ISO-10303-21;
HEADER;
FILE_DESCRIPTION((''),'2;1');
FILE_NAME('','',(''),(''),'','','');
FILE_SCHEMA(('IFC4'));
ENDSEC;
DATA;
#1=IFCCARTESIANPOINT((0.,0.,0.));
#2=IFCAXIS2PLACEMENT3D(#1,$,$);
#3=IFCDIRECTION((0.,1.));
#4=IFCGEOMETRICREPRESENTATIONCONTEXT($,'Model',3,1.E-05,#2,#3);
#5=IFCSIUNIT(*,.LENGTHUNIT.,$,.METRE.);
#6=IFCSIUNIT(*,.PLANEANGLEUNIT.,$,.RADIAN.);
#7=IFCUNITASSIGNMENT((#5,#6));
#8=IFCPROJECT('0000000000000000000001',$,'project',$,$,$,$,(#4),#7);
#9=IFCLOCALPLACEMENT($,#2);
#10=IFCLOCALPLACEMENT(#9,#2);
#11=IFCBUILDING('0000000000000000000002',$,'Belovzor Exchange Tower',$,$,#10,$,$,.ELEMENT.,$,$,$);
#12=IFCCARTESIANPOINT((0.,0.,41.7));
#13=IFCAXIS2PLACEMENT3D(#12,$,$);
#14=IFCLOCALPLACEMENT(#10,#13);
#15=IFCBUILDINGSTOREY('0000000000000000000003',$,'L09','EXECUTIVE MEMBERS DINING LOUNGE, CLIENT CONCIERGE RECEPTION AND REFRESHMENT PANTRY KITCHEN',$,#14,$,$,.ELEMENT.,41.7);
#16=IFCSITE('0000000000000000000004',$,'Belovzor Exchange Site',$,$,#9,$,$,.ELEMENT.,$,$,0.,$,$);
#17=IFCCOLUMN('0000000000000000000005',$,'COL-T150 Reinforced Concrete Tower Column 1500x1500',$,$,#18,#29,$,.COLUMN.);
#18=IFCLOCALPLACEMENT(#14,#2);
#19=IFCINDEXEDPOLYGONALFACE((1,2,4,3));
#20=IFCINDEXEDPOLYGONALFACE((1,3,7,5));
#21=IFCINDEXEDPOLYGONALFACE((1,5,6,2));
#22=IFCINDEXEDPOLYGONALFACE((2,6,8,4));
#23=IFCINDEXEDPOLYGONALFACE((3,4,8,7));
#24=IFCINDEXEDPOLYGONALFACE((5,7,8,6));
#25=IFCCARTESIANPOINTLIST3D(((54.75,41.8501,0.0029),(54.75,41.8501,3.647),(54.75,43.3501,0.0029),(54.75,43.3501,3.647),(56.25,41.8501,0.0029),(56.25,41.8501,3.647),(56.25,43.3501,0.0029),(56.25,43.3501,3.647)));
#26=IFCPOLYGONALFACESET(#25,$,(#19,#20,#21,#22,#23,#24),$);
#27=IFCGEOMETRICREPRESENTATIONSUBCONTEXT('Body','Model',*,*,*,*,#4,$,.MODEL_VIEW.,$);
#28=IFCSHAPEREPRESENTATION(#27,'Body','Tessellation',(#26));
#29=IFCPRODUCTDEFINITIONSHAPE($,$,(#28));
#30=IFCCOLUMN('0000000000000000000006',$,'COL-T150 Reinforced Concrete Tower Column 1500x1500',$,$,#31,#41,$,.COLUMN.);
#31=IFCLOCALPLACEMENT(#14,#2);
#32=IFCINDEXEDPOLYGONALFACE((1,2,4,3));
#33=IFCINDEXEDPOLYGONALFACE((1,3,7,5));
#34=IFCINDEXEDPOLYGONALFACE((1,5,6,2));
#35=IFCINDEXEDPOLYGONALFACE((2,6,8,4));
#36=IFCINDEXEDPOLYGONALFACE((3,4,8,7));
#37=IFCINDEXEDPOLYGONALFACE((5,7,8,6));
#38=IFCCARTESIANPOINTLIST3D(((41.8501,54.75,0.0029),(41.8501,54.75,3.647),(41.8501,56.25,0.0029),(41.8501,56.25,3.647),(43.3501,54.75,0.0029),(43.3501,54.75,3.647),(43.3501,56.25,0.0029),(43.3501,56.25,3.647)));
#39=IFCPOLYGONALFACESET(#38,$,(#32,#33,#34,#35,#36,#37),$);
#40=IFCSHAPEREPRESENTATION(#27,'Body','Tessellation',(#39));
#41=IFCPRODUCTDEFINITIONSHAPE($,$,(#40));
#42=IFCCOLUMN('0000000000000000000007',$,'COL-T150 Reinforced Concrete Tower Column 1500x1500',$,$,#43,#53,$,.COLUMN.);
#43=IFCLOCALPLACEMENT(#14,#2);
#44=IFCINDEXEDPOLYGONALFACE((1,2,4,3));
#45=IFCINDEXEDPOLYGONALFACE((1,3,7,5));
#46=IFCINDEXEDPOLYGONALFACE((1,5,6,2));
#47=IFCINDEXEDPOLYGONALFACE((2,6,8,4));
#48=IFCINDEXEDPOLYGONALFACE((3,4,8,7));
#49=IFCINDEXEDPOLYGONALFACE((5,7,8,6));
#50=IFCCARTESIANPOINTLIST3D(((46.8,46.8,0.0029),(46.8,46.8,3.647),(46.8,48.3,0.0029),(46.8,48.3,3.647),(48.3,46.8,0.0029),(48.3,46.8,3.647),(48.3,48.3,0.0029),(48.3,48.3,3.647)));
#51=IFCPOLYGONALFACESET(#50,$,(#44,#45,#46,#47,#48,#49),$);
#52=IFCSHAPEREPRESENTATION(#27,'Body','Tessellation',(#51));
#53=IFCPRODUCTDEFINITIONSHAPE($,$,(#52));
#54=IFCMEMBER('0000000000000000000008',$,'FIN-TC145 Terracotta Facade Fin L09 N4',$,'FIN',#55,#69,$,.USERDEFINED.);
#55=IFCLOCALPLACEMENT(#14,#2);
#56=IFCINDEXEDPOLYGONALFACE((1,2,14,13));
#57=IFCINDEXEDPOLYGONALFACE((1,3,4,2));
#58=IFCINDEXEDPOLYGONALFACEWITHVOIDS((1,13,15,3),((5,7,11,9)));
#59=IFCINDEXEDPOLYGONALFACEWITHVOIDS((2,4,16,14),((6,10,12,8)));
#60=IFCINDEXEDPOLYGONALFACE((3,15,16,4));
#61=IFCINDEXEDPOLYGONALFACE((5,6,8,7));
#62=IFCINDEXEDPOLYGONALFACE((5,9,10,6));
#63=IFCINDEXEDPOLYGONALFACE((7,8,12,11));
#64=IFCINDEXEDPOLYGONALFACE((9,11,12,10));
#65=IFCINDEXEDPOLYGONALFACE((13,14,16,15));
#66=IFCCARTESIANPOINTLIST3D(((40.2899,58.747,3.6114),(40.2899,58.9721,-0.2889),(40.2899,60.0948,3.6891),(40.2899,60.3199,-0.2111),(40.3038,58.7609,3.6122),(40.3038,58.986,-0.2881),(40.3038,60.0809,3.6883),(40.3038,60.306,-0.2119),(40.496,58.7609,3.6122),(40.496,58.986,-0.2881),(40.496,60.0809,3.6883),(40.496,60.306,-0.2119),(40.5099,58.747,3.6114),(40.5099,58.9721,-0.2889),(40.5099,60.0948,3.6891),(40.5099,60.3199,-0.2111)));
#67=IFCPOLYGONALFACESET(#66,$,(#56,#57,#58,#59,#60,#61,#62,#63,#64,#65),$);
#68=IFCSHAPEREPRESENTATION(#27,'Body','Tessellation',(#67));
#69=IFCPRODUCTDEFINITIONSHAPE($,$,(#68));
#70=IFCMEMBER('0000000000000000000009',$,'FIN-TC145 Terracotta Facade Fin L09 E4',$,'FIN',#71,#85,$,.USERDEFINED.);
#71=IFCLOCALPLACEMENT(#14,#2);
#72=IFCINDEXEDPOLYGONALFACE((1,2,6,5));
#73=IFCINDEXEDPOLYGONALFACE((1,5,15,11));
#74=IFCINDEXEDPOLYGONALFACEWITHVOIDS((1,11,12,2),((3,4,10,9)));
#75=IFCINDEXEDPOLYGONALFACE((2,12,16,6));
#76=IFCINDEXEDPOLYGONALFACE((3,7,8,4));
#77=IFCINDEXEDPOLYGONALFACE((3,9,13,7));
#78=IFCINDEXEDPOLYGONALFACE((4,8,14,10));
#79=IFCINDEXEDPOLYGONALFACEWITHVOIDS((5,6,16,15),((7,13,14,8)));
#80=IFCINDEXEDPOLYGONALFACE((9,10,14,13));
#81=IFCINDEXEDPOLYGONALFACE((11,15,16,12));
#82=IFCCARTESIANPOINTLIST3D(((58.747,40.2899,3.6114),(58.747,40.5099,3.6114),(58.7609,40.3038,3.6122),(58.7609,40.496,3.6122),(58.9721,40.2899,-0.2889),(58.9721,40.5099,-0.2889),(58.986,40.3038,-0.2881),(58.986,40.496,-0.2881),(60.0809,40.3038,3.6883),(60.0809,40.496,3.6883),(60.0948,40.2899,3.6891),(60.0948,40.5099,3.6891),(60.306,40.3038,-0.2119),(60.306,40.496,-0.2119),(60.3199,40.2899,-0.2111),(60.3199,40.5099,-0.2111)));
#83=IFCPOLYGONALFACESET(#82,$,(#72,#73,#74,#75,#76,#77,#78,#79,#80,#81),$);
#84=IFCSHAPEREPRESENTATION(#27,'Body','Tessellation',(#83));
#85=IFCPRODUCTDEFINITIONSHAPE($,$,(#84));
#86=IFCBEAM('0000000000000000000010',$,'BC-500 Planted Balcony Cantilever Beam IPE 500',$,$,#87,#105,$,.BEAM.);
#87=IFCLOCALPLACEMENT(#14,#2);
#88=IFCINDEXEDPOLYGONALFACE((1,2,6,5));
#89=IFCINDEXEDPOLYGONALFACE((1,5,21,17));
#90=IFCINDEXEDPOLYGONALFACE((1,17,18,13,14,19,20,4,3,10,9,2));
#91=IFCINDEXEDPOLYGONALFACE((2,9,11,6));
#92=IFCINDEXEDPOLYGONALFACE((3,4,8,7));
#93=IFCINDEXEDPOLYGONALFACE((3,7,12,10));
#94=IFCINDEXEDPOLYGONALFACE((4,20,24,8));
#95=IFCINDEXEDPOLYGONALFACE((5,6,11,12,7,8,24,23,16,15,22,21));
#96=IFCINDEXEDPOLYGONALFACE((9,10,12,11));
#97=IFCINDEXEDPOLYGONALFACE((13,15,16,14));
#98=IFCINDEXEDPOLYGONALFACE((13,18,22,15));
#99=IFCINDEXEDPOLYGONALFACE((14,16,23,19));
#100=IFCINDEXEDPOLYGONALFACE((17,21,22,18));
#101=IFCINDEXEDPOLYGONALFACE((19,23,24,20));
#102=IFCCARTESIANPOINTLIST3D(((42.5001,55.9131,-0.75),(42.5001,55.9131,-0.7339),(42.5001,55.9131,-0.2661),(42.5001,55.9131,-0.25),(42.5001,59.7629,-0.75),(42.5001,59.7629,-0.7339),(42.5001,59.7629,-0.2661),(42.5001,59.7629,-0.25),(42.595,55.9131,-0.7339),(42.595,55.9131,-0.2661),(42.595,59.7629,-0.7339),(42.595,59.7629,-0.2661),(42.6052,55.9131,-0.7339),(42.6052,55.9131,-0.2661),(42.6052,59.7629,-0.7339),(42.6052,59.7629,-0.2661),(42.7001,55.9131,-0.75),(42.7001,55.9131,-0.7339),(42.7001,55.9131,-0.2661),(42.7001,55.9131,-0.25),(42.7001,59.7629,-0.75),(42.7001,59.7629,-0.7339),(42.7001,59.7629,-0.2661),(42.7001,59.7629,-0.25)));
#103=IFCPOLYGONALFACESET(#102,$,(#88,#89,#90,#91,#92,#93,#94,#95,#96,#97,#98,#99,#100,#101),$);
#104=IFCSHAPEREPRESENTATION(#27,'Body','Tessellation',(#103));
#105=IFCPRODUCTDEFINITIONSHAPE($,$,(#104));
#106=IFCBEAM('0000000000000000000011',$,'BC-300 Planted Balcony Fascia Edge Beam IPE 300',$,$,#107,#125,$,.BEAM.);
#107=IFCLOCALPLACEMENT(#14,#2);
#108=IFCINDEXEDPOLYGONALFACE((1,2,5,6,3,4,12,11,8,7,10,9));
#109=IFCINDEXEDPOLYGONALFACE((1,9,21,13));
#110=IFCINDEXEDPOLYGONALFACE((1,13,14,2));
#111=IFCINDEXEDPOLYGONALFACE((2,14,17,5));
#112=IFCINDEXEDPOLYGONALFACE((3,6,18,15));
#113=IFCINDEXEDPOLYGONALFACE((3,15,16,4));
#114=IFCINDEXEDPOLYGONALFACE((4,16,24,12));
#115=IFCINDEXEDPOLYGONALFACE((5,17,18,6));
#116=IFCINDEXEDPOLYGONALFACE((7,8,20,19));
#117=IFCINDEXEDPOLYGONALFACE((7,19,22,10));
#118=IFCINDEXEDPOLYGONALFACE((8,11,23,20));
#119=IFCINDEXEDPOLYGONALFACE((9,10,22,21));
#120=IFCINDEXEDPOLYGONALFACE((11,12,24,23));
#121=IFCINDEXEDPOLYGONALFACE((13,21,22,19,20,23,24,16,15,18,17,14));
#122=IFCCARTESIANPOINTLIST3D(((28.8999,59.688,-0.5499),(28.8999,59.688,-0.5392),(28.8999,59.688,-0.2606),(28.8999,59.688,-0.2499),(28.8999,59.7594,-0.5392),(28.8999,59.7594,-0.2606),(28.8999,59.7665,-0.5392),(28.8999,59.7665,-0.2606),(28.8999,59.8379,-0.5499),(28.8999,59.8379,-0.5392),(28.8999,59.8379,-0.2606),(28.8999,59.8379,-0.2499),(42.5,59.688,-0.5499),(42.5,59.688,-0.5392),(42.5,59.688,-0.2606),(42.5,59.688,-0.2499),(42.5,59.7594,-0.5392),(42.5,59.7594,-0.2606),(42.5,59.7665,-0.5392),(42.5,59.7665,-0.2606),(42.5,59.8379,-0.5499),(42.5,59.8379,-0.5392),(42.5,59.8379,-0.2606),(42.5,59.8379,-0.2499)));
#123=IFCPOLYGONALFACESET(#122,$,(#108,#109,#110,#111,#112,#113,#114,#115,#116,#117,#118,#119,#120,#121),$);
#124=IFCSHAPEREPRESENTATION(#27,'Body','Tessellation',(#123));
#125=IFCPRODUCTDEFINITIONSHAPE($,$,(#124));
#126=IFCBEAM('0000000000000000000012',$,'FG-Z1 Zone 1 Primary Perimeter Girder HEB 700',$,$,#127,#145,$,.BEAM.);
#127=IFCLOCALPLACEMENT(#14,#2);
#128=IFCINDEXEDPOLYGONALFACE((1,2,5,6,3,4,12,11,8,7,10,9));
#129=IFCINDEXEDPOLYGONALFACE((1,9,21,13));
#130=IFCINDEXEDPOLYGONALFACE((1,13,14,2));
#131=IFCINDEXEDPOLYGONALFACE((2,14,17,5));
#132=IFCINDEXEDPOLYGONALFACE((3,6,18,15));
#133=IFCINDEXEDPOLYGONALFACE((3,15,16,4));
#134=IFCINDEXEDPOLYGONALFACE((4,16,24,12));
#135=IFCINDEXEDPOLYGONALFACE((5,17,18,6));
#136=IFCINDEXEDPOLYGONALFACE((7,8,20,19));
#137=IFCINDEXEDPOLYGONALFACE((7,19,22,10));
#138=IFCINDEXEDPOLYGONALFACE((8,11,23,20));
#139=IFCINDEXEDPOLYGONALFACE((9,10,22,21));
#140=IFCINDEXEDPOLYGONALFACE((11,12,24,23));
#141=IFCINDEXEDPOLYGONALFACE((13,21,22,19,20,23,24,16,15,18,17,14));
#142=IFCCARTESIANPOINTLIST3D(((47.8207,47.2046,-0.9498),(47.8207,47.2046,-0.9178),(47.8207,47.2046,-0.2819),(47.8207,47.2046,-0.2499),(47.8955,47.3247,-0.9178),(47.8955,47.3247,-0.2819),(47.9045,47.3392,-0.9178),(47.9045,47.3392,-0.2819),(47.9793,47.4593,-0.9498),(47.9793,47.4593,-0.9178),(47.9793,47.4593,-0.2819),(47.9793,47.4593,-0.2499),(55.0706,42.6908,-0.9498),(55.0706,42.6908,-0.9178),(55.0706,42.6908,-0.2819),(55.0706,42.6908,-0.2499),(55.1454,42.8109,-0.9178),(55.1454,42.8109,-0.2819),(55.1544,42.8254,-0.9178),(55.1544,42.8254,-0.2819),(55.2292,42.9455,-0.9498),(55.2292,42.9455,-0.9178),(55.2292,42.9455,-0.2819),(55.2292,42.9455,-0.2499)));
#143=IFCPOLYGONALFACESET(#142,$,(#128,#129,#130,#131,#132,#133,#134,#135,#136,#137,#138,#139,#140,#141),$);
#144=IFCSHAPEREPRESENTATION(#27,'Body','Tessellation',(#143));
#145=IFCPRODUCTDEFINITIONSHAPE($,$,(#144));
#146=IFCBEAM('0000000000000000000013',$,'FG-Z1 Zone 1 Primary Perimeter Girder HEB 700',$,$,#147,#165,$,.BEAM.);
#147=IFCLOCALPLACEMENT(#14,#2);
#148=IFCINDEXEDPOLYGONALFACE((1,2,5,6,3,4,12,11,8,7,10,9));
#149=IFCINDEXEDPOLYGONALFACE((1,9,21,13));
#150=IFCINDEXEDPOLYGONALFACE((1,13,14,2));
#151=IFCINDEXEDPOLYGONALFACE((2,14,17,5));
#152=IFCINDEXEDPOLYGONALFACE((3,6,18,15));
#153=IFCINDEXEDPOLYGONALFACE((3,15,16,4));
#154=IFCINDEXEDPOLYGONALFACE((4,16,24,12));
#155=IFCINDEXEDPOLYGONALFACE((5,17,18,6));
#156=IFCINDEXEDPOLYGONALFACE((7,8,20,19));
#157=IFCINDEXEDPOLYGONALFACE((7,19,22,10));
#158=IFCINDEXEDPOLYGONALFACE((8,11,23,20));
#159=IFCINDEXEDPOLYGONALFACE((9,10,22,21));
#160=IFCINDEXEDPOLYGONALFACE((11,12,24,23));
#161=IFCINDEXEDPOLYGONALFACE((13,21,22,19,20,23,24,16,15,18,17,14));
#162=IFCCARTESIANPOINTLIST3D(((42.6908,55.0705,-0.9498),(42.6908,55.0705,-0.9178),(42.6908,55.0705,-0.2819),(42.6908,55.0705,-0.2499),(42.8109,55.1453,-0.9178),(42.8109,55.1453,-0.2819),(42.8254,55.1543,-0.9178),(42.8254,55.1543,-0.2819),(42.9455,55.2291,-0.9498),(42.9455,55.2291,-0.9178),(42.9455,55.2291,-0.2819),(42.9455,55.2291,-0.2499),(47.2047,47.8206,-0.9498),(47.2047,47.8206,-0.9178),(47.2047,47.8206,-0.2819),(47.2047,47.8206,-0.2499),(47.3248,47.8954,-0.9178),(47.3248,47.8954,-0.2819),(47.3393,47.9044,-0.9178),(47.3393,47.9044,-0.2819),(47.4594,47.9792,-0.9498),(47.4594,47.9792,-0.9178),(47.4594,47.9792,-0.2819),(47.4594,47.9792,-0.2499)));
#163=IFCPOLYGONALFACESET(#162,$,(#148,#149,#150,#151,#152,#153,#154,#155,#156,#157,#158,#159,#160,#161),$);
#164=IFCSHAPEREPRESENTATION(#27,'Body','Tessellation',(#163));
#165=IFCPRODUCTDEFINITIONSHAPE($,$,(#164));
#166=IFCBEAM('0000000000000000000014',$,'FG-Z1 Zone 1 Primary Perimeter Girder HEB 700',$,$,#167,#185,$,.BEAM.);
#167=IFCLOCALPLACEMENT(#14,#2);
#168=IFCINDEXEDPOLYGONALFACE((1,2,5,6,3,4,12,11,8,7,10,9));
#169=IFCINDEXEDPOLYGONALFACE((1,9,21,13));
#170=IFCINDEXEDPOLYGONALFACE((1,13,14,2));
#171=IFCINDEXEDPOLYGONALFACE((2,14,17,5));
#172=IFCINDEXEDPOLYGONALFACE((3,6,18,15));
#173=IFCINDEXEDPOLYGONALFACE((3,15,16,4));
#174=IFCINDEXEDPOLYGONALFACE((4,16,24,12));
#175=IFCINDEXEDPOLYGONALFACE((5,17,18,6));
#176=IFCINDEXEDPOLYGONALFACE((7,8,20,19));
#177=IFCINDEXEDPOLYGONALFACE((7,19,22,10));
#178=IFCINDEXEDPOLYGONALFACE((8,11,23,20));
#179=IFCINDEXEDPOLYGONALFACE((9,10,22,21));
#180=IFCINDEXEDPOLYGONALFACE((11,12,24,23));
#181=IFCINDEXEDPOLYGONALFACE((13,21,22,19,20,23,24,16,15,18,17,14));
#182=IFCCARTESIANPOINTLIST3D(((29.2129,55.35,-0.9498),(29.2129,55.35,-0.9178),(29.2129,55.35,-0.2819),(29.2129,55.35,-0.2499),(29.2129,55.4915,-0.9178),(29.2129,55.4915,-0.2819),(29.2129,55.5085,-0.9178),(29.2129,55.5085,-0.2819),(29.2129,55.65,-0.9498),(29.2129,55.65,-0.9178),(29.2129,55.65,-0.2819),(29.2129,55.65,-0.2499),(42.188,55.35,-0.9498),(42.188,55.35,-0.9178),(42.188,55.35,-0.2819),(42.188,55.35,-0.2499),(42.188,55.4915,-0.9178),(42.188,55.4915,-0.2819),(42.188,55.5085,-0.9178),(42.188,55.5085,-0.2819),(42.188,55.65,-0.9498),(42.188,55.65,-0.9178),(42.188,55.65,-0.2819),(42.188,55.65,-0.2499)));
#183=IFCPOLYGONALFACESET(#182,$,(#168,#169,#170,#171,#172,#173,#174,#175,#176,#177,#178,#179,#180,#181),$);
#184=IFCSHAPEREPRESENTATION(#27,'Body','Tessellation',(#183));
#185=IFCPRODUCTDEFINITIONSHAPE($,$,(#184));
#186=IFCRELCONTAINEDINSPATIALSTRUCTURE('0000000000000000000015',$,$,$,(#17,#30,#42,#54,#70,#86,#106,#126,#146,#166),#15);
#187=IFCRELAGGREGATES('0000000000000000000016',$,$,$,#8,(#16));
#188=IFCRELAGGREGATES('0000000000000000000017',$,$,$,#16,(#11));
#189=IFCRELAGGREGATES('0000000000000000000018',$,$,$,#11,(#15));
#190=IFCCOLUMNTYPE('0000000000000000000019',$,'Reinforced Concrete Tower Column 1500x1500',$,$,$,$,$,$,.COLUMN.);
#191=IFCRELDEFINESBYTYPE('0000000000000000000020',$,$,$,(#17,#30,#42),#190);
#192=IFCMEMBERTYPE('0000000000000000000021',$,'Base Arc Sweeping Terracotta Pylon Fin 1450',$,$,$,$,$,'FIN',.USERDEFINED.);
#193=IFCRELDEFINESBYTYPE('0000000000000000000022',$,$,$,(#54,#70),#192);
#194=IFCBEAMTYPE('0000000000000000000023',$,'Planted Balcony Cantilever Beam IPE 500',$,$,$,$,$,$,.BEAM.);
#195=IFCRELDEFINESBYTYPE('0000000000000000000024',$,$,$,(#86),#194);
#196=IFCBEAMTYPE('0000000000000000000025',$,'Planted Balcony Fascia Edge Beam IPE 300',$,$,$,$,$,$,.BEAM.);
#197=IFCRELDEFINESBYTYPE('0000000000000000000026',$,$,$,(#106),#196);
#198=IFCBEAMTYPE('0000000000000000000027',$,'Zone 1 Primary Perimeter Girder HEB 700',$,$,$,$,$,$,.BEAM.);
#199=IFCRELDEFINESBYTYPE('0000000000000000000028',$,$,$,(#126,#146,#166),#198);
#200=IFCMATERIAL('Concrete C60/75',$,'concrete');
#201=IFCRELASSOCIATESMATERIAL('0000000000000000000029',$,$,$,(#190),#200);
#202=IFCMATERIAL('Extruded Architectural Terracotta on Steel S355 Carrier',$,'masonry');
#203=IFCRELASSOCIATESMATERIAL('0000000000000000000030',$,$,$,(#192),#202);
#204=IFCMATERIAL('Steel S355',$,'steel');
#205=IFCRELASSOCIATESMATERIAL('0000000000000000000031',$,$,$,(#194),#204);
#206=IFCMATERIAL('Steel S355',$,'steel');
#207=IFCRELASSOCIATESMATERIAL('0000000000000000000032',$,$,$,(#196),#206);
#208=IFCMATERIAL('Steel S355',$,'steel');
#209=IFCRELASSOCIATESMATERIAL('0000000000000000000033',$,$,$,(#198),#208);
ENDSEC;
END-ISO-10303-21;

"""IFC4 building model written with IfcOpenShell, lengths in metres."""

from ifc_helpers import new_model, si_unit, direction, frame, origin, origin_2d, place, context, subcontext, project, spatial, rectangle, hollow_rectangle, i_section, extrude, material, material_profile, profile_set, type_object, element, save


model = new_model("IFC4")

# Units and contexts
model_context = context("Model", 3, precision=1e-05, world=origin(), true_north=direction((0.0, 1.0)))
body_context = subcontext(model_context, "Body", "Model", "MODEL_VIEW")
ifc_project = project(units=[si_unit("LENGTHUNIT", "METRE"), si_unit("PLANEANGLEUNIT", "RADIAN")], contexts=[model_context])

# Site, building, storey
site_placement = place(None, origin())
site = spatial("IfcSite", under=ifc_project, at=site_placement, Name="Belovzor Exchange Site", CompositionType="ELEMENT", RefElevation=0.0)
building_placement = place(site_placement, origin())
building = spatial("IfcBuilding", under=site, at=building_placement, Name="Belovzor Exchange Tower", CompositionType="ELEMENT")
storey_placement = place(building_placement, frame((0.0, 0.0, 41.7)))
storey = spatial("IfcBuildingStorey", under=building, at=storey_placement, Name="L09", Description="EXECUTIVE MEMBERS DINING LOUNGE, CLIENT CONCIERGE RECEPTION AND REFRESHMENT PANTRY KITCHEN", CompositionType="ELEMENT", Elevation=41.7)

# Columns
ifc_material_1 = material(Name="Concrete C60/75", Category="concrete")
ifc_material_profile_1 = material_profile(ifc_material_1, rectangle(XDim=1.5, YDim=1.5, at=origin_2d()))
ifc_profile_set_1 = profile_set([ifc_material_profile_1], Name="Concrete C60/75")
column_type = type_object("IfcColumnType", Name="Reinforced Concrete Tower Column 1500x1500", PredefinedType="COLUMN", material=ifc_profile_set_1)
for number, where, z_axis, x_axis, name in (
    (1, (55.5, 42.6001, 0.0029), (0.0, 0.0, 1.0), (1.0, 0.0, 0.0), "COL-T150 Reinforced Concrete Tower Column 1500x1500"),
    (2, (42.6001, 55.5, 0.0029), (0.0, 0.0, 1.0), (1.0, 0.0, 0.0), "COL-T150 Reinforced Concrete Tower Column 1500x1500"),
    (3, (47.55, 47.55, 0.0029), (0.0, 0.0, 1.0), (1.0, 0.0, 0.0), "COL-T150 Reinforced Concrete Tower Column 1500x1500"),
):
    element("IfcColumn", number, at=place(storey_placement, frame(where, z_axis=z_axis, x_axis=x_axis)), inside=storey, type_object=column_type, Name=name, PredefinedType="COLUMN", context=body_context, shape_type="SweptSolid", body=[
        extrude(rectangle(XDim=1.5, YDim=1.5, at=origin_2d()), origin(), (0.0, 0.0, 1.0), 3.644),
    ])

# Members
ifc_material_2 = material(Name="Extruded Architectural Terracotta on Steel S355 Carrier", Category="masonry")
ifc_material_profile_2 = material_profile(ifc_material_2, hollow_rectangle(XDim=0.22, YDim=1.3501, WallThickness=0.0139, at=origin_2d()))
ifc_profile_set_2 = profile_set([ifc_material_profile_2], Name="Extruded Architectural Terracotta on Steel S355 Carrier")
member_type = type_object("IfcMemberType", Name="Base Arc Sweeping Terracotta Pylon Fin 1450", ElementType="FIN", PredefinedType="USERDEFINED", material=ifc_profile_set_2)
for number, where, z_axis, x_axis, name in (
    (4, (40.3999, 59.646, -0.25), (0.0, -0.057619, 0.998339), (1.0, 0.0, 0.0), "FIN-TC145 Terracotta Facade Fin L09 N4"),
    (5, (59.646, 40.3999, -0.25), (-0.057619, 0.0, 0.998339), (0.0, -1.0, 0.0), "FIN-TC145 Terracotta Facade Fin L09 E4"),
):
    element("IfcMember", number, at=place(storey_placement, frame(where, z_axis=z_axis, x_axis=x_axis)), inside=storey, type_object=member_type, Name=name, ObjectType="FIN", PredefinedType="USERDEFINED", context=body_context, shape_type="SweptSolid", body=[
        extrude(hollow_rectangle(XDim=0.22, YDim=1.3501, WallThickness=0.0139, at=origin_2d()), origin(), (0.0, 0.0, 1.0), 3.9067),
    ])

# Beams
ifc_material_3 = material(Name="Steel S355", Category="steel")
ifc_material_profile_3 = material_profile(ifc_material_3, i_section(OverallWidth=0.2, OverallDepth=0.5, WebThickness=0.0103, FlangeThickness=0.0161, at=origin_2d()))
ifc_profile_set_3 = profile_set([ifc_material_profile_3], Name="Steel S355")
beam_type_1 = type_object("IfcBeamType", Name="Planted Balcony Cantilever Beam IPE 500", PredefinedType="BEAM", material=ifc_profile_set_3)
beam_1_placement = place(storey_placement, frame((42.6001, 55.9131, -0.5), z_axis=(0.0, 1.0, 0.0), x_axis=(-1.0, 0.0, 0.0)))
element("IfcBeam", 6, at=beam_1_placement, inside=storey, type_object=beam_type_1, Name="BC-500 Planted Balcony Cantilever Beam IPE 500", PredefinedType="BEAM", context=body_context, shape_type="SweptSolid", body=[
    extrude(i_section(OverallWidth=0.2, OverallDepth=0.5, WebThickness=0.0103, FlangeThickness=0.0161, at=origin_2d()), origin(), (0.0, 0.0, 1.0), 3.8499),
])
ifc_material_4 = material(Name="Steel S355", Category="steel")
ifc_material_profile_4 = material_profile(ifc_material_4, i_section(OverallWidth=0.1499, OverallDepth=0.3, WebThickness=0.0071, FlangeThickness=0.0107, at=origin_2d()))
ifc_profile_set_4 = profile_set([ifc_material_profile_4], Name="Steel S355")
beam_type_2 = type_object("IfcBeamType", Name="Planted Balcony Fascia Edge Beam IPE 300", PredefinedType="BEAM", material=ifc_profile_set_4)
beam_2_placement = place(storey_placement, frame((42.5, 59.7629, -0.3999), z_axis=(-1.0, 0.0, 0.0), x_axis=(0.0, -1.0, 0.0)))
element("IfcBeam", 7, at=beam_2_placement, inside=storey, type_object=beam_type_2, Name="BC-300 Planted Balcony Fascia Edge Beam IPE 300", PredefinedType="BEAM", context=body_context, shape_type="SweptSolid", body=[
    extrude(i_section(OverallWidth=0.1499, OverallDepth=0.3, WebThickness=0.0071, FlangeThickness=0.0107, at=origin_2d()), origin(), (0.0, 0.0, 1.0), 13.6001),
])
ifc_material_5 = material(Name="Steel S355", Category="steel")
ifc_material_profile_5 = material_profile(ifc_material_5, i_section(OverallWidth=0.3, OverallDepth=0.7, WebThickness=0.0171, FlangeThickness=0.032, at=origin_2d()))
ifc_profile_set_5 = profile_set([ifc_material_profile_5], Name="Steel S355")
beam_type_3 = type_object("IfcBeamType", Name="Zone 1 Primary Perimeter Girder HEB 700", PredefinedType="BEAM", material=ifc_profile_set_5)
for number, where, z_axis, x_axis, name in (
    (8, (55.1499, 42.8181, -0.5999), (-0.848909, 0.528539, 0.0), (-0.528539, -0.848909, 0.0), "FG-Z1 Zone 1 Primary Perimeter Girder HEB 700"),
    (9, (47.332, 47.8999, -0.5999), (-0.528539, 0.848909, 0.0), (-0.848909, -0.528539, 0.0), "FG-Z1 Zone 1 Primary Perimeter Girder HEB 700"),
):
    element("IfcBeam", number, at=place(storey_placement, frame(where, z_axis=z_axis, x_axis=x_axis)), inside=storey, type_object=beam_type_3, Name=name, PredefinedType="BEAM", context=body_context, shape_type="SweptSolid", body=[
        extrude(i_section(OverallWidth=0.3, OverallDepth=0.7, WebThickness=0.0171, FlangeThickness=0.032, at=origin_2d()), origin(), (0.0, 0.0, 1.0), 8.5403),
    ])
beam_3_placement = place(storey_placement, frame((42.188, 55.5, -0.5999), z_axis=(-1.0, 0.0, 0.0), x_axis=(0.0, -1.0, 0.0)))
element("IfcBeam", 10, at=beam_3_placement, inside=storey, type_object=beam_type_3, Name="FG-Z1 Zone 1 Primary Perimeter Girder HEB 700", PredefinedType="BEAM", context=body_context, shape_type="SweptSolid", body=[
    extrude(i_section(OverallWidth=0.3, OverallDepth=0.7, WebThickness=0.0171, FlangeThickness=0.032, at=origin_2d()), origin(), (0.0, 0.0, 1.0), 12.9751),
])

save(model, "model.ifc")
